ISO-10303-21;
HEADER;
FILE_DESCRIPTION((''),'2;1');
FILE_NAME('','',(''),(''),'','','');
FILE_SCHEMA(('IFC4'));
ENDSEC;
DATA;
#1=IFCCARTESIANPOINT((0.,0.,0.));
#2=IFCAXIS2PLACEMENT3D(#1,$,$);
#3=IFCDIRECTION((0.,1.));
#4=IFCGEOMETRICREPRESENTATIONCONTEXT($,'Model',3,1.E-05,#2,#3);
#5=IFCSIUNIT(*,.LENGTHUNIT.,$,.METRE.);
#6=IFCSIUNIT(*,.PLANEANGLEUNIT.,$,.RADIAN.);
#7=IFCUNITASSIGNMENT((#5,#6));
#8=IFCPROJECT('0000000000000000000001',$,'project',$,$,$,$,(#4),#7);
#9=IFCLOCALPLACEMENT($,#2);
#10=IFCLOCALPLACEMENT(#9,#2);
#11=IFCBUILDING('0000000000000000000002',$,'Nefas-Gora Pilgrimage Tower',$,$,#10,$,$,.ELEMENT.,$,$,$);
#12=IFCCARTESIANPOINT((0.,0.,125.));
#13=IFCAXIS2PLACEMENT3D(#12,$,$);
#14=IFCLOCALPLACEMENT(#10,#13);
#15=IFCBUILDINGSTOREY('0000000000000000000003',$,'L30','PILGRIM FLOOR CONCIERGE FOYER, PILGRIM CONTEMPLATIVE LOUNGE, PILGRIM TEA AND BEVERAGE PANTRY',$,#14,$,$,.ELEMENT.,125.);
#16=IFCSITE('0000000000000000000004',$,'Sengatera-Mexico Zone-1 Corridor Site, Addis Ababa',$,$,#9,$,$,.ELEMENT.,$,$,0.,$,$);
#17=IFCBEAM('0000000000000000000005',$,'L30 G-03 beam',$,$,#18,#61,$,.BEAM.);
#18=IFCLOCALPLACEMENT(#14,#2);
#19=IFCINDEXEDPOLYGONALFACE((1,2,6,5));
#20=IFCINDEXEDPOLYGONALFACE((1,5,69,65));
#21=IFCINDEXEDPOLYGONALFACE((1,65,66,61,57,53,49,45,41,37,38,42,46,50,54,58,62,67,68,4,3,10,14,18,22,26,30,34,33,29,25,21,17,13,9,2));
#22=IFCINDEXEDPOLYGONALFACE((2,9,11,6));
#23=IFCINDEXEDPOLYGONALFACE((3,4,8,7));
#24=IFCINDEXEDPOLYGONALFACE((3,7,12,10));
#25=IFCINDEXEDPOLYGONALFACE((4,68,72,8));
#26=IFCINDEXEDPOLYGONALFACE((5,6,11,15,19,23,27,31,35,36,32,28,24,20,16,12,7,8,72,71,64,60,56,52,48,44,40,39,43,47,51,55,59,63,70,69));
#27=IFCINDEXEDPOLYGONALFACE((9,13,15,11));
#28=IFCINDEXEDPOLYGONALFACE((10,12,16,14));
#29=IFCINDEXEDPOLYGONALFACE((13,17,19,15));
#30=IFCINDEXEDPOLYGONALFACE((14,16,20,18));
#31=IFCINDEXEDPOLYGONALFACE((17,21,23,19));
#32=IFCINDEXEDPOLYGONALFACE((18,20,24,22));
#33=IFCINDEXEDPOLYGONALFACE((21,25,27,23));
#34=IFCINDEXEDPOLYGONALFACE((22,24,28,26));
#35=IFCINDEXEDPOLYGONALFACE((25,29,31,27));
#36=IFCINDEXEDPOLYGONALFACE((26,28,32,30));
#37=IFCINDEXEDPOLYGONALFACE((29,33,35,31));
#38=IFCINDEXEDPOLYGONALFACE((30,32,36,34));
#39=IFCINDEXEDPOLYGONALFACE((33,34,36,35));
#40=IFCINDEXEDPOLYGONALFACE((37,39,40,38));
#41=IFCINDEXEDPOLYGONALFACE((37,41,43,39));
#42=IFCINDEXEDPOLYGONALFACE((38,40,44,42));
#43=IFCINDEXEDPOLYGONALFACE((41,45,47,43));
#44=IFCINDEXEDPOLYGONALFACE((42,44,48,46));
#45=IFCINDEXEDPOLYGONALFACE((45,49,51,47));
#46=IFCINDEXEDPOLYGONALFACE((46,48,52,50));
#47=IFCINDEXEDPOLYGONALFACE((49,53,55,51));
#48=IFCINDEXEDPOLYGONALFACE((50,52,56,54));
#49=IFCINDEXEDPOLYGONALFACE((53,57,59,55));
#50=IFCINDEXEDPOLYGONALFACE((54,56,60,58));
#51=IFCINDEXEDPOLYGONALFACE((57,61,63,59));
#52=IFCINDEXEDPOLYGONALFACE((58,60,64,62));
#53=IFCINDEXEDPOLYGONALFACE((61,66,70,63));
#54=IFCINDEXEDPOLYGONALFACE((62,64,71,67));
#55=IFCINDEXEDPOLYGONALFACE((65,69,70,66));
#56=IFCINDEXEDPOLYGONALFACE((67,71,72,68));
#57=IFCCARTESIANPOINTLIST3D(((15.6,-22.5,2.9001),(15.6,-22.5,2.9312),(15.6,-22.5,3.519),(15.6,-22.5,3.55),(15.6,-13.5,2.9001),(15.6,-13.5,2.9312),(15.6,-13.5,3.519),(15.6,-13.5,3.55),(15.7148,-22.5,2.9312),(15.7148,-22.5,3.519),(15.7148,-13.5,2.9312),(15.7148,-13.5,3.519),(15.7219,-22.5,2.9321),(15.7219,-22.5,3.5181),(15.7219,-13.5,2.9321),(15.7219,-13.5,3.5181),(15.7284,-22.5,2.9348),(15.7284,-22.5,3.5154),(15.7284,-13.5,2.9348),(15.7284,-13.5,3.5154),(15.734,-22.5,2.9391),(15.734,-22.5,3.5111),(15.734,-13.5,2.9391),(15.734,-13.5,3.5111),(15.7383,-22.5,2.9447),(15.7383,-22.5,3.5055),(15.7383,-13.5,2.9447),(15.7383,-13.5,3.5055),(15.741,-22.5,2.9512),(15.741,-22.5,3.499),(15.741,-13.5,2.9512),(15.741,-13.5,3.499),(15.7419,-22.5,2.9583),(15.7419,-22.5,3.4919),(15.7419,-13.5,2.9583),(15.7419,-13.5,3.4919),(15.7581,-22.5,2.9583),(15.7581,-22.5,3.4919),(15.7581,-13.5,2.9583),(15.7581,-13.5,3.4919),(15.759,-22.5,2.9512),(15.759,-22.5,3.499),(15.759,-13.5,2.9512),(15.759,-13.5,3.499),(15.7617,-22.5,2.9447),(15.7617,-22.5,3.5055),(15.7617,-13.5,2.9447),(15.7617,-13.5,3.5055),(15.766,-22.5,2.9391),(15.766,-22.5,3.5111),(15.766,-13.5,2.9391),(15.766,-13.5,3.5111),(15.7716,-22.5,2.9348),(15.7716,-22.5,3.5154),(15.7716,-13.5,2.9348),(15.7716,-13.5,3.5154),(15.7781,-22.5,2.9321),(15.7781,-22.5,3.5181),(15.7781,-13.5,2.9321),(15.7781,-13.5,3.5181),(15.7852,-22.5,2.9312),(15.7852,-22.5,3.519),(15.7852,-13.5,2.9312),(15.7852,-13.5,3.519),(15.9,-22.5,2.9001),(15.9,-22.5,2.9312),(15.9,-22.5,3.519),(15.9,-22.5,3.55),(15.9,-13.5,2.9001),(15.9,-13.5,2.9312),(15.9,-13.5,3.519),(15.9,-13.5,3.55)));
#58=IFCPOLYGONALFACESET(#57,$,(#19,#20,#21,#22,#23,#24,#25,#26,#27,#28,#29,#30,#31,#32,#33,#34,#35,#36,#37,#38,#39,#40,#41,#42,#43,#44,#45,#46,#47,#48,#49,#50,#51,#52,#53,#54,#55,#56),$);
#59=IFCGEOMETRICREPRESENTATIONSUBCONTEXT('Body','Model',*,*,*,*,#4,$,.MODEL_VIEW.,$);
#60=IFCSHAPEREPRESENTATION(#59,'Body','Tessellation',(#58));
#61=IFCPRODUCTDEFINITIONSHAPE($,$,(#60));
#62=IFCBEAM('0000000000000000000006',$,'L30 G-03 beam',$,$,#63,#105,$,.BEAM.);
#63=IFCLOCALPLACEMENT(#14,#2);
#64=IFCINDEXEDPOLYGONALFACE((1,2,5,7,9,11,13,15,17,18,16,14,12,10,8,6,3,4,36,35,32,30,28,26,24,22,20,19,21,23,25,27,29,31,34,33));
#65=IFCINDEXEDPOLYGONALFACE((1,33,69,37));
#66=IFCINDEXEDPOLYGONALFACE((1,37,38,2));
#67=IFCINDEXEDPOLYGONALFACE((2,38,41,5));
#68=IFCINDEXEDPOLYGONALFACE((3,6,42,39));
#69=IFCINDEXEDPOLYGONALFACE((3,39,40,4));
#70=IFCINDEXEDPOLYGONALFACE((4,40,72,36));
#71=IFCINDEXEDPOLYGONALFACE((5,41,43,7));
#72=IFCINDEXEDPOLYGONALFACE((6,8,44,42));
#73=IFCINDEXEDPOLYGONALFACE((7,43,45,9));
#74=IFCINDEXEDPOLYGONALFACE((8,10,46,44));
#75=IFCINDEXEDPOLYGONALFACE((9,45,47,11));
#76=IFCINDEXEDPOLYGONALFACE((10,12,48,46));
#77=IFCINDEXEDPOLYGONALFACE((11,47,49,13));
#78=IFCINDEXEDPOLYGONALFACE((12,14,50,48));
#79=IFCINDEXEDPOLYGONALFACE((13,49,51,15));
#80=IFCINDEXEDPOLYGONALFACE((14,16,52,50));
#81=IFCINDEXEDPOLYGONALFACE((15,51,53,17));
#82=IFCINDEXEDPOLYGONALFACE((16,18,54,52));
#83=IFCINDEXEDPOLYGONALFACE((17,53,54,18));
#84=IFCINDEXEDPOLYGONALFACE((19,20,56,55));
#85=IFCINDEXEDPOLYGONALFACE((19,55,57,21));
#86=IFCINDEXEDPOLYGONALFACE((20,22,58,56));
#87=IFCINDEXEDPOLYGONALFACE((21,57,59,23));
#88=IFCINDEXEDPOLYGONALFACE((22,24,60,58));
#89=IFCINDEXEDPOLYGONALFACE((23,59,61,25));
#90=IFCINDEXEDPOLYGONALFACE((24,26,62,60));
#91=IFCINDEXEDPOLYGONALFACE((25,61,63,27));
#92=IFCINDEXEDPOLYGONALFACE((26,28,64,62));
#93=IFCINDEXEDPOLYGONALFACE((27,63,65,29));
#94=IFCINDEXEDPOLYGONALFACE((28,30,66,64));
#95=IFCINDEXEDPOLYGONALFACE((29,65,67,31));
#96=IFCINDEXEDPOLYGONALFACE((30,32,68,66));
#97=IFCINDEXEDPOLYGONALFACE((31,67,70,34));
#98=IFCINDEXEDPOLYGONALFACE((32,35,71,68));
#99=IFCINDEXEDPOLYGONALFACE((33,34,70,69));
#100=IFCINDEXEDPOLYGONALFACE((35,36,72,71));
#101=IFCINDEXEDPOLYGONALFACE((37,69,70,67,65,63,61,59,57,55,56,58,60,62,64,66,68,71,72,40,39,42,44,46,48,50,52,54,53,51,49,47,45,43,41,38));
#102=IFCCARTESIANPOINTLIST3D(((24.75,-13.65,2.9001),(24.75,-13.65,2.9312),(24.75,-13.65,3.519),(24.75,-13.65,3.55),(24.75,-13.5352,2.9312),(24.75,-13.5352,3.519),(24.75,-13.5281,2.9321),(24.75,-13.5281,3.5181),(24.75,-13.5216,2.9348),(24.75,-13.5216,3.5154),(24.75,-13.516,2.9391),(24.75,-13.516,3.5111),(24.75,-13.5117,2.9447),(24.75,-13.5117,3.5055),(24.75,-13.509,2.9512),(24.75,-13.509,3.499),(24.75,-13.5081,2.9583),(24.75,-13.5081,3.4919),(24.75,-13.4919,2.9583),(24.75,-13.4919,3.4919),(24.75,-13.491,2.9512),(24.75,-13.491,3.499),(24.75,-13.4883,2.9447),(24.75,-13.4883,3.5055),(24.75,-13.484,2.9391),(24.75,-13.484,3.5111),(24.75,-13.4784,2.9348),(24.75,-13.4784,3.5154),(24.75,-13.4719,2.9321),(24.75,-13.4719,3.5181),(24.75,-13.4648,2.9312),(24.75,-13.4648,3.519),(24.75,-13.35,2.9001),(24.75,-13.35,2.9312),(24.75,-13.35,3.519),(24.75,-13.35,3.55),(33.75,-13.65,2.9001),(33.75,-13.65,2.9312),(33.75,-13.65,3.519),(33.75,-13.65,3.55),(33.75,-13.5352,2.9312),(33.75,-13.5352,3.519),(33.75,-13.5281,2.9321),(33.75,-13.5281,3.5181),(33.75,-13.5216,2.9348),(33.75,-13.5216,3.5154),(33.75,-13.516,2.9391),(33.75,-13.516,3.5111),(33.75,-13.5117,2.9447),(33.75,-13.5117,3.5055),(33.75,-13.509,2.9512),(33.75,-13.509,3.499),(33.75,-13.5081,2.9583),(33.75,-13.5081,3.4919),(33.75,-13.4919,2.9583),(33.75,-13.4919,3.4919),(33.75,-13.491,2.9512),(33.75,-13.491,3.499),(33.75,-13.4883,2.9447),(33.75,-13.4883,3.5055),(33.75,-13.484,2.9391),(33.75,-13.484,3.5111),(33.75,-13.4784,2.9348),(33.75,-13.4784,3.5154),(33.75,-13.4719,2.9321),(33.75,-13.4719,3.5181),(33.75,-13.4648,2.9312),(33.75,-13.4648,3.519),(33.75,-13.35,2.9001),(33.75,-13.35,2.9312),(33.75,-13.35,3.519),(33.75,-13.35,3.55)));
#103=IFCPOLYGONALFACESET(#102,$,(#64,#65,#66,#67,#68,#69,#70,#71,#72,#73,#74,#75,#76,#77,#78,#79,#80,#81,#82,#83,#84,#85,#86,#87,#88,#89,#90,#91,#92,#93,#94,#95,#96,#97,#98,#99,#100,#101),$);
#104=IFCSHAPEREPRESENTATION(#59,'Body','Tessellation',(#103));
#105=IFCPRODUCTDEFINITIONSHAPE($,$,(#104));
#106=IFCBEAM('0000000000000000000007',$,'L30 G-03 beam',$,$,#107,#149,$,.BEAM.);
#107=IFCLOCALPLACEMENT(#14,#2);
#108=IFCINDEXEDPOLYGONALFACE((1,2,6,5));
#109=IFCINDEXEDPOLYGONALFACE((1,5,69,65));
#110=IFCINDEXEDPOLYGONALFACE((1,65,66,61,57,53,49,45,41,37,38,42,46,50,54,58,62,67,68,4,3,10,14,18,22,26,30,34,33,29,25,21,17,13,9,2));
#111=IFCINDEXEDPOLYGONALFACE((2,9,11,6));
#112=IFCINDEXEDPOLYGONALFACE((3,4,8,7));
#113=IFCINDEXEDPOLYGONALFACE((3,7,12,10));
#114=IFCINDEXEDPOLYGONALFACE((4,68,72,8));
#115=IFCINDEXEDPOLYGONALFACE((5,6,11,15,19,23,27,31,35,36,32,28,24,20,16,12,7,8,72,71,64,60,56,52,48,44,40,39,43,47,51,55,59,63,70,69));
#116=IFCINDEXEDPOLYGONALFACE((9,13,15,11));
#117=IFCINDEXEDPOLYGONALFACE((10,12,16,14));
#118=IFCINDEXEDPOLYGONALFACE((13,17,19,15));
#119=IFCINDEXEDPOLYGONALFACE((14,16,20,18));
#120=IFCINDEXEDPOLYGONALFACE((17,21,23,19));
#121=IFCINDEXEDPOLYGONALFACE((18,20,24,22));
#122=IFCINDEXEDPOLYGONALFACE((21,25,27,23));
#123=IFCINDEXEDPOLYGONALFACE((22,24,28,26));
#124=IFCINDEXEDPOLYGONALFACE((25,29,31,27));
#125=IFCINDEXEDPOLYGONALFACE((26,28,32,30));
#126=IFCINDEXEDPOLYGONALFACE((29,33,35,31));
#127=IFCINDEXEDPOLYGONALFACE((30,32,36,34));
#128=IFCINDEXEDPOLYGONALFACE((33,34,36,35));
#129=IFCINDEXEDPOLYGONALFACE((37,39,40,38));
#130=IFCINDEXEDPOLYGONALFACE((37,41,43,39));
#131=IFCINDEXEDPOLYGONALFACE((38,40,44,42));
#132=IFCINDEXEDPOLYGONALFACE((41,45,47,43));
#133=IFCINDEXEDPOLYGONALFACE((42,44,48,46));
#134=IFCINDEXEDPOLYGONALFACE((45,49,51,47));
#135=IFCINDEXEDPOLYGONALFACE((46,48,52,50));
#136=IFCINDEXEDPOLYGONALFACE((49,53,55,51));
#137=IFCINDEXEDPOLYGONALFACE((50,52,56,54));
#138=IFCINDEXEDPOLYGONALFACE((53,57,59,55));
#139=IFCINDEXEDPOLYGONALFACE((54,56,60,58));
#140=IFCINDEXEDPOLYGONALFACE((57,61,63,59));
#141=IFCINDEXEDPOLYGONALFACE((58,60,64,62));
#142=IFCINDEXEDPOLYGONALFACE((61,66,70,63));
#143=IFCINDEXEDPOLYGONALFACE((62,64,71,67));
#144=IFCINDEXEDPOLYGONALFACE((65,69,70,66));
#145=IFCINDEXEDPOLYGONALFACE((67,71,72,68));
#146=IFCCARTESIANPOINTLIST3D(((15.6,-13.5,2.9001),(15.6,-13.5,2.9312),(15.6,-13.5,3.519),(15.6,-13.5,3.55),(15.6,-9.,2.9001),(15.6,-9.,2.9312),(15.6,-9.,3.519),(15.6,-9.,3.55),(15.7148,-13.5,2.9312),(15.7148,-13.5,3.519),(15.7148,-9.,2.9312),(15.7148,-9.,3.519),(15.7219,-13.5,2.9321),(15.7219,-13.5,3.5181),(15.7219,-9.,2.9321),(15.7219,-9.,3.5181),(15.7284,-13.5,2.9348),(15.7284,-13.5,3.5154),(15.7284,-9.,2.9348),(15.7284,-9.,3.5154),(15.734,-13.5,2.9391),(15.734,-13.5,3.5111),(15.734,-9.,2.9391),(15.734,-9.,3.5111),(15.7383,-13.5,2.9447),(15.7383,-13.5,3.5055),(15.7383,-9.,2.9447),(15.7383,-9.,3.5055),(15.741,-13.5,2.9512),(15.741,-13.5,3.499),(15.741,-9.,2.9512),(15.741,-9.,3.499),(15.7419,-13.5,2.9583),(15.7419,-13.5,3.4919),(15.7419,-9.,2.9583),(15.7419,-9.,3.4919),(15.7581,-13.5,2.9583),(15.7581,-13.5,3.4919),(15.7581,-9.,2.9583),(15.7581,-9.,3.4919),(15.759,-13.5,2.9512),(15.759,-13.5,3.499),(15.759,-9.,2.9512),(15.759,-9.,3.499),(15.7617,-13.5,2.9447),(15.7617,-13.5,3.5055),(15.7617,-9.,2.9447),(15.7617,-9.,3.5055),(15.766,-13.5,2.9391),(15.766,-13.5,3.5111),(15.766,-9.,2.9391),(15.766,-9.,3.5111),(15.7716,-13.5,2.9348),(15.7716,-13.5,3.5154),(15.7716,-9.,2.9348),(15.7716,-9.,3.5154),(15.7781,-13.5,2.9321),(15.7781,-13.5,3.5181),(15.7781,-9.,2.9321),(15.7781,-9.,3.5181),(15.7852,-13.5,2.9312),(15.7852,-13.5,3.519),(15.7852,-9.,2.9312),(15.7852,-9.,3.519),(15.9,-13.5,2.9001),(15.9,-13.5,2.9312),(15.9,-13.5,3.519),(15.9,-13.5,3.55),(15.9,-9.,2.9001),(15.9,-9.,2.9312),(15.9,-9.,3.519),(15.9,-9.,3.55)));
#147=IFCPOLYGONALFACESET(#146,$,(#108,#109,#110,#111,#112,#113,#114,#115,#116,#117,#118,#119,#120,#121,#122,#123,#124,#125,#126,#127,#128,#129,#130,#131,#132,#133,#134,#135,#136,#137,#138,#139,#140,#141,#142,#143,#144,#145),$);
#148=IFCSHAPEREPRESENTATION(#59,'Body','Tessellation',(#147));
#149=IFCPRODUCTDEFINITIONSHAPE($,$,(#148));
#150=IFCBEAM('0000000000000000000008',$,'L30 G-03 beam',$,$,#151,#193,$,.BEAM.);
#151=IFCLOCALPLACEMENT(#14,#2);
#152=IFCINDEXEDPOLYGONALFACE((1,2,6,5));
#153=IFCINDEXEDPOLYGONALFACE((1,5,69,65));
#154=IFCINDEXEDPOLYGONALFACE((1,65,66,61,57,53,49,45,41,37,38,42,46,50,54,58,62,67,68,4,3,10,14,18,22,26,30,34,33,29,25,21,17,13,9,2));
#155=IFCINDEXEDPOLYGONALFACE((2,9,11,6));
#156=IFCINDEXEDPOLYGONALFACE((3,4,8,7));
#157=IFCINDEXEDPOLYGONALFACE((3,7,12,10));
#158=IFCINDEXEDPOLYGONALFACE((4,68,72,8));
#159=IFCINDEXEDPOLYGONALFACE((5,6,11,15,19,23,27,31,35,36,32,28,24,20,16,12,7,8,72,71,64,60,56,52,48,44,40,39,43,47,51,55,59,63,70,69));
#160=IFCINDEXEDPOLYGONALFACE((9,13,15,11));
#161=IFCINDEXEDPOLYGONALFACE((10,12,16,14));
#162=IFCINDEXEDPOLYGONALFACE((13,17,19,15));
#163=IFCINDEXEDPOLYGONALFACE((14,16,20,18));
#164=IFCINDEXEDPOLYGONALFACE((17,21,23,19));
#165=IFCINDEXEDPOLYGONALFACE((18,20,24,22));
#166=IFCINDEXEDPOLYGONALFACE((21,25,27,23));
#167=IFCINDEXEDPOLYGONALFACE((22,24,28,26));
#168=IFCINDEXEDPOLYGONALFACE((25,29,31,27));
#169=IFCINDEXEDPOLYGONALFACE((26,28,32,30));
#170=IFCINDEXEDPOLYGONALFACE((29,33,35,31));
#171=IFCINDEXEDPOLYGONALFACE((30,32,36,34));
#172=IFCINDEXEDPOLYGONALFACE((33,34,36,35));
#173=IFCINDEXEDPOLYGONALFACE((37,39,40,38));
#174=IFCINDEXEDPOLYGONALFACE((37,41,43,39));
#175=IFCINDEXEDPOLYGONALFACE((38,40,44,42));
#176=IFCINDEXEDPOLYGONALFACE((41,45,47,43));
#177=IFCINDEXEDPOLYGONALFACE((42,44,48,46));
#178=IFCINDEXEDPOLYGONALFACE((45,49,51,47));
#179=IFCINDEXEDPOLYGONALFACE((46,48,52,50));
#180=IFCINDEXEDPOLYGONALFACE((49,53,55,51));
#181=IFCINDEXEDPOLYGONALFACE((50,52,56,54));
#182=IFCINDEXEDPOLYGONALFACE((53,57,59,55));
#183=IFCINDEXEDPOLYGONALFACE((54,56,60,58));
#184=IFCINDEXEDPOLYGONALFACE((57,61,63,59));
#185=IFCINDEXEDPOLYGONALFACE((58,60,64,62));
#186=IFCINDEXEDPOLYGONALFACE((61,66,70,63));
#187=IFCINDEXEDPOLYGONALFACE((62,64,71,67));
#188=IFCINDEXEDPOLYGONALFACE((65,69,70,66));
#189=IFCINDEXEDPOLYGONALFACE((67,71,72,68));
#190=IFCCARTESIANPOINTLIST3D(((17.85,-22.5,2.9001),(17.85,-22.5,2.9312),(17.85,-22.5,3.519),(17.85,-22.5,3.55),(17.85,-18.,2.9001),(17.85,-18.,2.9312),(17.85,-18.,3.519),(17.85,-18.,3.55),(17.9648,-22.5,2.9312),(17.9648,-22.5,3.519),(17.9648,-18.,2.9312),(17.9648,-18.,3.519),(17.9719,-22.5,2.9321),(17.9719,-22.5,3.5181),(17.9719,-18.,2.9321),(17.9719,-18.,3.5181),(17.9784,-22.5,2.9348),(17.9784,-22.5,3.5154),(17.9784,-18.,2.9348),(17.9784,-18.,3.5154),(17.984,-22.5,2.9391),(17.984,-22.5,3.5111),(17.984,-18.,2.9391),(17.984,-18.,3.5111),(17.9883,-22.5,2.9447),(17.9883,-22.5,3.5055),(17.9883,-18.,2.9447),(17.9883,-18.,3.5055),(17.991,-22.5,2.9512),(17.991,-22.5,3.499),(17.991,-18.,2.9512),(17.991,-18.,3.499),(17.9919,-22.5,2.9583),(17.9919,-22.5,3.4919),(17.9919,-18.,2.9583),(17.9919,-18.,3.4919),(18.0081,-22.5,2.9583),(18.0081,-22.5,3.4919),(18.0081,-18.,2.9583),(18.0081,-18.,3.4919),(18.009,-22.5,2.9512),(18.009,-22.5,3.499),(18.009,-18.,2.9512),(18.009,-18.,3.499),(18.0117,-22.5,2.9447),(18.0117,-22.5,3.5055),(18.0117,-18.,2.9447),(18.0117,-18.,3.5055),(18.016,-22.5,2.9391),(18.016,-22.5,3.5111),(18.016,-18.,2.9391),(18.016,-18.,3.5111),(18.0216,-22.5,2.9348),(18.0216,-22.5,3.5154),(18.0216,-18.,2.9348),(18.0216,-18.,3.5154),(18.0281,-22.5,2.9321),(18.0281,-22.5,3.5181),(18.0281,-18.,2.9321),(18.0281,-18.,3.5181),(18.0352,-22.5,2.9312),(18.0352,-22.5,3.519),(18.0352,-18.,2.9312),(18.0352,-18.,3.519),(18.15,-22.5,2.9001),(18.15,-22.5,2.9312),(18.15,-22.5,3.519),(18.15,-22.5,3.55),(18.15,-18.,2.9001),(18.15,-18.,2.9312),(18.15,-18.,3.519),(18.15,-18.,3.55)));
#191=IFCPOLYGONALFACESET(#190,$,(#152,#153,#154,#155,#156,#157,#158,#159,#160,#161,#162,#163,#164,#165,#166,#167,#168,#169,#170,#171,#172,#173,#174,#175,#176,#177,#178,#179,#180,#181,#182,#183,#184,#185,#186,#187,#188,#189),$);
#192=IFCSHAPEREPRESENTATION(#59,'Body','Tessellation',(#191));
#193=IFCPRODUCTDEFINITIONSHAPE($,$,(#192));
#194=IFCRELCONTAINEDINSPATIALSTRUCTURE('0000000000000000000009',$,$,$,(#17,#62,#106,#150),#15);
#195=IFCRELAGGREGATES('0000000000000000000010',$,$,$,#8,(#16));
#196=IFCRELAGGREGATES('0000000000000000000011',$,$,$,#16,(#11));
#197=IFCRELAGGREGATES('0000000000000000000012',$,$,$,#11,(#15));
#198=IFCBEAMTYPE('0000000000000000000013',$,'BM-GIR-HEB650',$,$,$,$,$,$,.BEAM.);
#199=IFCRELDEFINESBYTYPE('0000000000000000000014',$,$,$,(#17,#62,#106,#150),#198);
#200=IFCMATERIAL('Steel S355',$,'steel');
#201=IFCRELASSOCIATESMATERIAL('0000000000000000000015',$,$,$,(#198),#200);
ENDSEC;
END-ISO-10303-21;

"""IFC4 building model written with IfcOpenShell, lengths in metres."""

from ifc_helpers import new_model, si_unit, direction, frame, origin, origin_2d, place, context, subcontext, project, spatial, i_section, extrude, source, transform, mapped, material, material_profile, profile_set, type_object, element, save


model = new_model("IFC4")

# Units and contexts
model_context = context("Model", 3, precision=1e-05, world=origin(), true_north=direction((0.0, 1.0)))
body_context = subcontext(model_context, "Body", "Model", "MODEL_VIEW")
ifc_project = project(units=[si_unit("LENGTHUNIT", "METRE"), si_unit("PLANEANGLEUNIT", "RADIAN")], contexts=[model_context])

# Site, building, storey
site_placement = place(None, origin())
site = spatial("IfcSite", under=ifc_project, at=site_placement, Name="Sengatera-Mexico Zone-1 Corridor Site, Addis Ababa", CompositionType="ELEMENT", RefElevation=0.0)
building_placement = place(site_placement, origin())
building = spatial("IfcBuilding", under=site, at=building_placement, Name="Nefas-Gora Pilgrimage Tower", CompositionType="ELEMENT")
storey_placement = place(building_placement, frame((0.0, 0.0, 125.0)))
storey = spatial("IfcBuildingStorey", under=building, at=storey_placement, Name="L30", Description="PILGRIM FLOOR CONCIERGE FOYER, PILGRIM CONTEMPLATIVE LOUNGE, PILGRIM TEA AND BEVERAGE PANTRY", CompositionType="ELEMENT", Elevation=125.0)

# Beams
ifc_material_1 = material(Name="Steel S355", Category="steel")
ifc_material_profile_1 = material_profile(ifc_material_1, i_section(OverallWidth=0.3, OverallDepth=0.6499, WebThickness=0.0161, FlangeThickness=0.031, FilletRadius=0.0271, at=origin_2d()), Name="HEB 650")
ifc_profile_set_1 = profile_set([ifc_material_profile_1], Name="Steel S355")
beam_type_1 = type_object("IfcBeamType", Name="BM-GIR-HEB650", PredefinedType="BEAM", material=ifc_profile_set_1)
shared_shape_1 = source(origin(), body_context, "Body", "SweptSolid", [
    extrude(i_section(OverallWidth=0.3, OverallDepth=0.6499, WebThickness=0.0161, FlangeThickness=0.031, FilletRadius=0.0271, at=origin_2d()), origin(), (0.0, 0.0, 1.0), 9.0),
])
for number, where, z_axis, x_axis, name in (
    (1, (15.75, -22.5, 3.2251), (0.0, 1.0, 0.0), (-1.0, 0.0, 0.0), "L30 G-03 beam"),
    (2, (24.75, -13.5, 3.2251), (1.0, 0.0, 0.0), (0.0, 1.0, 0.0), "L30 G-03 beam"),
):
    element("IfcBeam", number, at=place(storey_placement, frame(where, z_axis=z_axis, x_axis=x_axis)), inside=storey, type_object=beam_type_1, Name=name, PredefinedType="BEAM", context=body_context, shape_type="MappedRepresentation", body=[
        mapped(shared_shape_1, transform((0.0, 0.0, 0.0), x_axis=(1.0, 0.0, 0.0), y_axis=(0.0, 1.0, 0.0), z_axis=(0.0, 0.0, 1.0), scale=1.0)),
    ])
shared_shape_2 = source(origin(), body_context, "Body", "SweptSolid", [
    extrude(i_section(OverallWidth=0.3, OverallDepth=0.6499, WebThickness=0.0161, FlangeThickness=0.031, FilletRadius=0.0271, at=origin_2d()), origin(), (0.0, 0.0, 1.0), 4.5),
])
for number, where, z_axis, x_axis, name in (
    (3, (15.75, -13.5, 3.2251), (0.0, 1.0, 0.0), (-1.0, 0.0, 0.0), "L30 G-03 beam"),
    (4, (18.0, -22.5, 3.2251), (0.0, 1.0, 0.0), (-1.0, 0.0, 0.0), "L30 G-03 beam"),
):
    element("IfcBeam", number, at=place(storey_placement, frame(where, z_axis=z_axis, x_axis=x_axis)), inside=storey, type_object=beam_type_1, Name=name, PredefinedType="BEAM", context=body_context, shape_type="MappedRepresentation", body=[
        mapped(shared_shape_2, transform((0.0, 0.0, 0.0), x_axis=(1.0, 0.0, 0.0), y_axis=(0.0, 1.0, 0.0), z_axis=(0.0, 0.0, 1.0), scale=1.0)),
    ])

save(model, "model.ifc")
